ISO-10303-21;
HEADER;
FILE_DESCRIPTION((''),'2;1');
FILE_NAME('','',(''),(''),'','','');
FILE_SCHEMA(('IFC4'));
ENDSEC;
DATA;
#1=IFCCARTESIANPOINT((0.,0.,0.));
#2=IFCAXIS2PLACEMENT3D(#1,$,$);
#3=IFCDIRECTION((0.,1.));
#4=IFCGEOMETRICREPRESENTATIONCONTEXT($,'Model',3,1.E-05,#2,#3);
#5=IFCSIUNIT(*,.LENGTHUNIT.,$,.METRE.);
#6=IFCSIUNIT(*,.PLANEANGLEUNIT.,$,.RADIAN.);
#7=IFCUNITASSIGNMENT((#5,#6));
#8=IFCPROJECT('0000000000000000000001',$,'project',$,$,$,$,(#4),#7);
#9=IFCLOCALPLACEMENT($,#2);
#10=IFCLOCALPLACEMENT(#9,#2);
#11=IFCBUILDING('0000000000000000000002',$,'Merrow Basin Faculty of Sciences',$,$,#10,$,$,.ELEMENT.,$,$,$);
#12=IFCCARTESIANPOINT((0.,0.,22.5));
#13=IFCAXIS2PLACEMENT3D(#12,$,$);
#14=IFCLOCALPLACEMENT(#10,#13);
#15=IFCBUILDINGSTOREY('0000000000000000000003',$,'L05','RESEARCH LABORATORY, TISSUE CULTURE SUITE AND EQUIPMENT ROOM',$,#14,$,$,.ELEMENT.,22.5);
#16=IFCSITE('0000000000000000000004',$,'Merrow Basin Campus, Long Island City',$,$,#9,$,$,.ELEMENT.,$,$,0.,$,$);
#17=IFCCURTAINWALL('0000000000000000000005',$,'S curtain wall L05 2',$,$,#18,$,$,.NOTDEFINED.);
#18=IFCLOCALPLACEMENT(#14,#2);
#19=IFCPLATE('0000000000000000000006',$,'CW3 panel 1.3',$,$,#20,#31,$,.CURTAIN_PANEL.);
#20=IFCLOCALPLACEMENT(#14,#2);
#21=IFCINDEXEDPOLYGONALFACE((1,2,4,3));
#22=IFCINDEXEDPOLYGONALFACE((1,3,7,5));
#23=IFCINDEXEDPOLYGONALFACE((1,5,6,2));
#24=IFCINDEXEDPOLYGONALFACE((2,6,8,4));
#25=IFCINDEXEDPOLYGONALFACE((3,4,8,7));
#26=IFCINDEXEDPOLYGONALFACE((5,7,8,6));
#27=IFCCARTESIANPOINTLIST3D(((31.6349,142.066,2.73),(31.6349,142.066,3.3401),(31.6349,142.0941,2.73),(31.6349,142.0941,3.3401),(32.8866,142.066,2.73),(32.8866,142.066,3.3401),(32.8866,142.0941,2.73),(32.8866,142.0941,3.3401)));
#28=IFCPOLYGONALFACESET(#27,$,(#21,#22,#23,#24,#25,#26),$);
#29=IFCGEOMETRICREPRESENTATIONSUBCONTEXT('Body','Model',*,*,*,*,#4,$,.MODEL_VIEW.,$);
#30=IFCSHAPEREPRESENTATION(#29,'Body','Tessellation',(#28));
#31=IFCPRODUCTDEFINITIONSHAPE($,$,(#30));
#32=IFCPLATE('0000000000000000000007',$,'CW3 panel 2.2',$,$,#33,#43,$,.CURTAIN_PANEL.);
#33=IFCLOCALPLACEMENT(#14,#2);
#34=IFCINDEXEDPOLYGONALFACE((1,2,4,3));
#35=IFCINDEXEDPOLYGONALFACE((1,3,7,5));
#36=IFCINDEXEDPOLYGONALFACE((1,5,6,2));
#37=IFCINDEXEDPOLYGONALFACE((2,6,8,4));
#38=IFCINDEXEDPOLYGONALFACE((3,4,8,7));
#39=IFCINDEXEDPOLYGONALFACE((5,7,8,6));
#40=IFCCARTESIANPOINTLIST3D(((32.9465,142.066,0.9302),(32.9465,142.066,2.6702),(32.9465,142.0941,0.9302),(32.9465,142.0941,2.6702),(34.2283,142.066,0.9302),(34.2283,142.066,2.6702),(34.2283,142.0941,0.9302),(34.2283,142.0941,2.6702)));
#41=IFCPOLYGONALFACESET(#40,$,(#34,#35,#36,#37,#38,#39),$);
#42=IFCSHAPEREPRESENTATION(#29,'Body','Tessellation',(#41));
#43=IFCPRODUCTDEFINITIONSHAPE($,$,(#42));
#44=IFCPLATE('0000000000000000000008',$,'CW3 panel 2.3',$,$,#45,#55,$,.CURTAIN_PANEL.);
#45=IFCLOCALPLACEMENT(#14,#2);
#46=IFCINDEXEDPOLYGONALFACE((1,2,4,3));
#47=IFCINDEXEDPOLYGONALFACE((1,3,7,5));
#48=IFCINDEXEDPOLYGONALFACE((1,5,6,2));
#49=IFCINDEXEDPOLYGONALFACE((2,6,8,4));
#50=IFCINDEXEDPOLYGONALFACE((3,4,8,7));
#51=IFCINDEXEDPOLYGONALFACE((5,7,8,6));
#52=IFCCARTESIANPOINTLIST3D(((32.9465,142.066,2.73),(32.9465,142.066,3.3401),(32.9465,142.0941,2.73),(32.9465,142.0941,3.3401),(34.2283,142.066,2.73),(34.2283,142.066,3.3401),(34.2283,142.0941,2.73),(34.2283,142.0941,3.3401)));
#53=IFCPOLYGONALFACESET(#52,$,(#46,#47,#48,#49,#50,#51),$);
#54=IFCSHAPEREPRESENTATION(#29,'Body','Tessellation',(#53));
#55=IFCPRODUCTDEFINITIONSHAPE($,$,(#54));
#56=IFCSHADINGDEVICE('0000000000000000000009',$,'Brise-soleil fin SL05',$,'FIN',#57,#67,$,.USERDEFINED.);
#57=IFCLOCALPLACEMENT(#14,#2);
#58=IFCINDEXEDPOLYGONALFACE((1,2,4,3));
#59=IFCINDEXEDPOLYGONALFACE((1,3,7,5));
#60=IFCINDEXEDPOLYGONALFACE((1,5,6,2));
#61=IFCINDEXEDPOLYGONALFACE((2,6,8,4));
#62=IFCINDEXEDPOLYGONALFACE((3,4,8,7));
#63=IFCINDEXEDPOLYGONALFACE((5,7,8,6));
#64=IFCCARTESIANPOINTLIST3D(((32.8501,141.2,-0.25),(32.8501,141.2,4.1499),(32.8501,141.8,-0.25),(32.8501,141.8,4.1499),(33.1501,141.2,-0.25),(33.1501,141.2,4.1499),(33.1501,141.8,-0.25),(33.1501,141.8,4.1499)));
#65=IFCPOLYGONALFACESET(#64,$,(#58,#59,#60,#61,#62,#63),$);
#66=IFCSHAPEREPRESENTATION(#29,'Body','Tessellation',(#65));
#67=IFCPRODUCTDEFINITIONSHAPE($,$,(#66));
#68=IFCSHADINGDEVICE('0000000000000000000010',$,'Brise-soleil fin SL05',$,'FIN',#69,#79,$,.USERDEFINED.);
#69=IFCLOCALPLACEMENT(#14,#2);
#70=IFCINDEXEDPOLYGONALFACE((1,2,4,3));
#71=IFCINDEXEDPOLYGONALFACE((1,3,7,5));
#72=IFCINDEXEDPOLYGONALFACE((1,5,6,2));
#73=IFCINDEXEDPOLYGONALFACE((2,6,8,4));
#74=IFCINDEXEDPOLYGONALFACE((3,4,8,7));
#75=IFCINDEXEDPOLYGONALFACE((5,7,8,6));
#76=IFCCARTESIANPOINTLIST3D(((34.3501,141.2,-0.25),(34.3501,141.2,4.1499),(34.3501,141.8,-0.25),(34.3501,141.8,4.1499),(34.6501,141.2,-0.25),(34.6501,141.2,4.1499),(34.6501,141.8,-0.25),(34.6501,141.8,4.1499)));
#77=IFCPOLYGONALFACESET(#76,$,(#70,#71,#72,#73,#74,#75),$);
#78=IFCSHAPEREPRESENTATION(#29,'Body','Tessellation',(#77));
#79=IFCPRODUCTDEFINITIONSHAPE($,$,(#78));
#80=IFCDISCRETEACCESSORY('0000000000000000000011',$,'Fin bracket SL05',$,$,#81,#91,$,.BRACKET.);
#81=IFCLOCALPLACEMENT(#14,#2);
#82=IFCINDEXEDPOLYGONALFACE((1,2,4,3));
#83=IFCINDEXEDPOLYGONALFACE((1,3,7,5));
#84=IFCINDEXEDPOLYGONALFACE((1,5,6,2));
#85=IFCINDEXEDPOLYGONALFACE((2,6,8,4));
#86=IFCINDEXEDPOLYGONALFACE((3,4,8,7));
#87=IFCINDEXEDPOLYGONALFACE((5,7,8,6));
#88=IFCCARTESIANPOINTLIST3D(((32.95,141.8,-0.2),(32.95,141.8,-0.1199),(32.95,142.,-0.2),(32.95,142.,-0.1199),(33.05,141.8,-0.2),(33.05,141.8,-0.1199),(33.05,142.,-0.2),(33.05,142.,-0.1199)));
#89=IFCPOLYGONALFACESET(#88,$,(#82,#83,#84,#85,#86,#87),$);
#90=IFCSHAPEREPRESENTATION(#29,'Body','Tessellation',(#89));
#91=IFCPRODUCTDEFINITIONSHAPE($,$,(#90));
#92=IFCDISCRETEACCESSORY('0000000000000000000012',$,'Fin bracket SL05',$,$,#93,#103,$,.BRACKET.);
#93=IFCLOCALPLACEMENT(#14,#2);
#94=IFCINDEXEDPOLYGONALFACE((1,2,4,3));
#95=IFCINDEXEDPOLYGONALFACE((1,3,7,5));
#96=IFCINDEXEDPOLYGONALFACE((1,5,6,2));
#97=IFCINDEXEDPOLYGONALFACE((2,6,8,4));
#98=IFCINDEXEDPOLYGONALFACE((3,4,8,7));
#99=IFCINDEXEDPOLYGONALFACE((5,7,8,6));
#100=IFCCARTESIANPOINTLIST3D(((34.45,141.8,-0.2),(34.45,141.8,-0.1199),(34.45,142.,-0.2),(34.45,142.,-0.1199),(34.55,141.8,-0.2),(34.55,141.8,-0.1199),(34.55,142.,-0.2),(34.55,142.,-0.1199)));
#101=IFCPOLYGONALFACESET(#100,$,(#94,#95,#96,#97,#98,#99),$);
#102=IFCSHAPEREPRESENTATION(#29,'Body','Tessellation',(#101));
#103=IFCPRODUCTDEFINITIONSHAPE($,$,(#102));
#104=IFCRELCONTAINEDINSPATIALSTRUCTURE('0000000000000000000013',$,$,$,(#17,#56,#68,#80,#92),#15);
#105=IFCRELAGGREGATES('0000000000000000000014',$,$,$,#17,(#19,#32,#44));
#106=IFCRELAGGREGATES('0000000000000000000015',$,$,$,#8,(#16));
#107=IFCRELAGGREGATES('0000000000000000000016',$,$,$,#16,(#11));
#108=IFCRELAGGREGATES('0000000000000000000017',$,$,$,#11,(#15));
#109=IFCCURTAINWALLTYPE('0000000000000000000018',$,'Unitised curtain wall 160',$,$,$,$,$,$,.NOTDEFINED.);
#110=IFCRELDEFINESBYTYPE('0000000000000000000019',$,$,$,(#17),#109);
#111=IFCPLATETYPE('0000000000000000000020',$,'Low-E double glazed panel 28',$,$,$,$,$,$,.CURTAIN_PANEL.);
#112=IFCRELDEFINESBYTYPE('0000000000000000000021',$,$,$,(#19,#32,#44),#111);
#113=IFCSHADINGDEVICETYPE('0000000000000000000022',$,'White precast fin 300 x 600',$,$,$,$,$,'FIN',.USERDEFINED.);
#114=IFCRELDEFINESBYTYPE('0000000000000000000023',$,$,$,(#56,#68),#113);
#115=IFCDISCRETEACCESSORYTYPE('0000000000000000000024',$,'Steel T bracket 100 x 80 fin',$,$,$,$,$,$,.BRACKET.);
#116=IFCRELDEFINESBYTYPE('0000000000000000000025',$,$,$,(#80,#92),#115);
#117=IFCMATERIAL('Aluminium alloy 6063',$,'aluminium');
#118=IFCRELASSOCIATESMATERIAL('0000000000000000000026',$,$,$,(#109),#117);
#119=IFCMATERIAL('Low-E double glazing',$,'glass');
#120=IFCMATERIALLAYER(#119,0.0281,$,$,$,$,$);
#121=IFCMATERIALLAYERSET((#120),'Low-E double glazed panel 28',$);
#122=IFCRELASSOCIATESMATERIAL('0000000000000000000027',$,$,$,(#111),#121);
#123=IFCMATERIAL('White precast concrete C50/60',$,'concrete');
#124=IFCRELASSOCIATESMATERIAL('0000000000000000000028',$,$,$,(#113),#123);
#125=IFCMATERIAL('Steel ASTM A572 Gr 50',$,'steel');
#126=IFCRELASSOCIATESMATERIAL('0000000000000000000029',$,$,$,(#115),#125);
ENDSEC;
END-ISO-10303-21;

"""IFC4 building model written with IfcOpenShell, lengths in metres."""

from ifc_helpers import new_model, si_unit, direction, frame, origin, origin_2d, place, context, subcontext, project, spatial, polyline, rectangle, outline, extrude, source, transform, mapped, material, layer, layer_set, type_object, element, aggregate, save


model = new_model("IFC4")

# Units and contexts
model_context = context("Model", 3, precision=1e-05, world=origin(), true_north=direction((0.0, 1.0)))
body_context = subcontext(model_context, "Body", "Model", "MODEL_VIEW")
ifc_project = project(units=[si_unit("LENGTHUNIT", "METRE"), si_unit("PLANEANGLEUNIT", "RADIAN")], contexts=[model_context])

# Site, building, storey
site_placement = place(None, origin())
site = spatial("IfcSite", under=ifc_project, at=site_placement, Name="Merrow Basin Campus, Long Island City", CompositionType="ELEMENT", RefElevation=0.0)
building_placement = place(site_placement, origin())
building = spatial("IfcBuilding", under=site, at=building_placement, Name="Merrow Basin Faculty of Sciences", CompositionType="ELEMENT")
storey_placement = place(building_placement, frame((0.0, 0.0, 22.5)))
storey = spatial("IfcBuildingStorey", under=building, at=storey_placement, Name="L05", Description="RESEARCH LABORATORY, TISSUE CULTURE SUITE AND EQUIPMENT ROOM", CompositionType="ELEMENT", Elevation=22.5)

# Curtain wall, plates
ifc_material_1 = material(Name="Aluminium alloy 6063", Category="aluminium")
curtain_wall_type = type_object("IfcCurtainWallType", Name="Unitised curtain wall 160", PredefinedType="NOTDEFINED", material=ifc_material_1)
curtain_wall_placement = place(storey_placement, origin())
curtain_wall = element("IfcCurtainWall", 1, at=curtain_wall_placement, inside=storey, type_object=curtain_wall_type, Name="S curtain wall L05 2", PredefinedType="NOTDEFINED")
ifc_material_2 = material(Name="Low-E double glazing", Category="glass")
ifc_layer_1 = layer(ifc_material_2, 0.0281)
ifc_layer_set_1 = layer_set([ifc_layer_1], Name="Low-E double glazed panel 28")
plate_type_1 = type_object("IfcPlateType", Name="Low-E double glazed panel 28", PredefinedType="CURTAIN_PANEL", material=ifc_layer_set_1)
plate_1_placement = place(storey_placement, frame((32.2607, 142.0801, 2.73), z_axis=(0.0, 0.0, 1.0), x_axis=(1.0, 0.0, 0.0)))
plate_1 = element("IfcPlate", 2, at=plate_1_placement, type_object=plate_type_1, Name="CW3 panel 1.3", PredefinedType="CURTAIN_PANEL", context=body_context, shape_type="SweptSolid", body=[
    extrude(rectangle(XDim=1.2517, YDim=0.0281, at=origin_2d()), origin(), (0.0, 0.0, 1.0), 0.6101),
])
plate_2_placement = place(storey_placement, frame((33.5874, 142.0801, 0.9302), z_axis=(0.0, 0.0, 1.0), x_axis=(1.0, 0.0, 0.0)))
plate_2 = element("IfcPlate", 3, at=plate_2_placement, type_object=plate_type_1, Name="CW3 panel 2.2", PredefinedType="CURTAIN_PANEL", context=body_context, shape_type="SweptSolid", body=[
    extrude(rectangle(XDim=1.2817, YDim=0.0281, at=origin_2d()), origin(), (0.0, 0.0, 1.0), 1.74),
])
plate_3_placement = place(storey_placement, frame((33.5874, 142.0801, 2.73), z_axis=(0.0, 0.0, 1.0), x_axis=(1.0, 0.0, 0.0)))
plate_3 = element("IfcPlate", 4, at=plate_3_placement, type_object=plate_type_1, Name="CW3 panel 2.3", PredefinedType="CURTAIN_PANEL", context=body_context, shape_type="SweptSolid", body=[
    extrude(rectangle(XDim=1.2817, YDim=0.0281, at=origin_2d()), origin(), (0.0, 0.0, 1.0), 0.6101),
])
aggregate(curtain_wall, [plate_1, plate_2, plate_3])

# Shading devices
ifc_material_3 = material(Name="White precast concrete C50/60", Category="concrete")
shading_device_type = type_object("IfcShadingDeviceType", Name="White precast fin 300 x 600", ElementType="FIN", PredefinedType="USERDEFINED", material=ifc_material_3)
shared_shape_1 = source(origin(), body_context, "Body", "SweptSolid", [
    extrude(outline(polyline([(0.0, 0.0), (0.3, 0.0), (0.3, 4.3999), (0.0, 4.3999), (0.0, 0.0)])), origin(), (0.0, 0.0, 1.0), 0.6001),
])
for number, where, z_axis, x_axis, name in (
    (5, (32.8501, 141.8, -0.25), (0.0, -1.0, 0.0), (1.0, 0.0, 0.0), "Brise-soleil fin SL05"),
    (6, (34.3501, 141.8, -0.25), (0.0, -1.0, 0.0), (1.0, 0.0, 0.0), "Brise-soleil fin SL05"),
):
    element("IfcShadingDevice", number, at=place(storey_placement, frame(where, z_axis=z_axis, x_axis=x_axis)), inside=storey, type_object=shading_device_type, Name=name, ObjectType="FIN", PredefinedType="USERDEFINED", context=body_context, shape_type="MappedRepresentation", body=[
        mapped(shared_shape_1, transform((0.0, 0.0, 0.0), scale=1.0)),
    ])

# Discrete accessories
ifc_material_4 = material(Name="Steel ASTM A572 Gr 50", Category="steel")
discrete_accessory_type = type_object("IfcDiscreteAccessoryType", Name="Steel T bracket 100 x 80 fin", PredefinedType="BRACKET", material=ifc_material_4)
shared_shape_2 = source(origin(), body_context, "Body", "SweptSolid", [
    extrude(outline(polyline([(0.0, 0.0), (0.1001, 0.0), (0.1001, 0.0801), (0.0, 0.0801), (0.0, 0.0)])), origin(), (0.0, 0.0, 1.0), 0.2),
])
for number, where, z_axis, x_axis, name in (
    (7, (32.95, 142.0, -0.2), (0.0, -1.0, 0.0), (1.0, 0.0, 0.0), "Fin bracket SL05"),
    (8, (34.45, 142.0, -0.2), (0.0, -1.0, 0.0), (1.0, 0.0, 0.0), "Fin bracket SL05"),
):
    element("IfcDiscreteAccessory", number, at=place(storey_placement, frame(where, z_axis=z_axis, x_axis=x_axis)), inside=storey, type_object=discrete_accessory_type, Name=name, PredefinedType="BRACKET", context=body_context, shape_type="MappedRepresentation", body=[
        mapped(shared_shape_2, transform((0.0, 0.0, 0.0), scale=1.0)),
    ])

save(model, "model.ifc")
